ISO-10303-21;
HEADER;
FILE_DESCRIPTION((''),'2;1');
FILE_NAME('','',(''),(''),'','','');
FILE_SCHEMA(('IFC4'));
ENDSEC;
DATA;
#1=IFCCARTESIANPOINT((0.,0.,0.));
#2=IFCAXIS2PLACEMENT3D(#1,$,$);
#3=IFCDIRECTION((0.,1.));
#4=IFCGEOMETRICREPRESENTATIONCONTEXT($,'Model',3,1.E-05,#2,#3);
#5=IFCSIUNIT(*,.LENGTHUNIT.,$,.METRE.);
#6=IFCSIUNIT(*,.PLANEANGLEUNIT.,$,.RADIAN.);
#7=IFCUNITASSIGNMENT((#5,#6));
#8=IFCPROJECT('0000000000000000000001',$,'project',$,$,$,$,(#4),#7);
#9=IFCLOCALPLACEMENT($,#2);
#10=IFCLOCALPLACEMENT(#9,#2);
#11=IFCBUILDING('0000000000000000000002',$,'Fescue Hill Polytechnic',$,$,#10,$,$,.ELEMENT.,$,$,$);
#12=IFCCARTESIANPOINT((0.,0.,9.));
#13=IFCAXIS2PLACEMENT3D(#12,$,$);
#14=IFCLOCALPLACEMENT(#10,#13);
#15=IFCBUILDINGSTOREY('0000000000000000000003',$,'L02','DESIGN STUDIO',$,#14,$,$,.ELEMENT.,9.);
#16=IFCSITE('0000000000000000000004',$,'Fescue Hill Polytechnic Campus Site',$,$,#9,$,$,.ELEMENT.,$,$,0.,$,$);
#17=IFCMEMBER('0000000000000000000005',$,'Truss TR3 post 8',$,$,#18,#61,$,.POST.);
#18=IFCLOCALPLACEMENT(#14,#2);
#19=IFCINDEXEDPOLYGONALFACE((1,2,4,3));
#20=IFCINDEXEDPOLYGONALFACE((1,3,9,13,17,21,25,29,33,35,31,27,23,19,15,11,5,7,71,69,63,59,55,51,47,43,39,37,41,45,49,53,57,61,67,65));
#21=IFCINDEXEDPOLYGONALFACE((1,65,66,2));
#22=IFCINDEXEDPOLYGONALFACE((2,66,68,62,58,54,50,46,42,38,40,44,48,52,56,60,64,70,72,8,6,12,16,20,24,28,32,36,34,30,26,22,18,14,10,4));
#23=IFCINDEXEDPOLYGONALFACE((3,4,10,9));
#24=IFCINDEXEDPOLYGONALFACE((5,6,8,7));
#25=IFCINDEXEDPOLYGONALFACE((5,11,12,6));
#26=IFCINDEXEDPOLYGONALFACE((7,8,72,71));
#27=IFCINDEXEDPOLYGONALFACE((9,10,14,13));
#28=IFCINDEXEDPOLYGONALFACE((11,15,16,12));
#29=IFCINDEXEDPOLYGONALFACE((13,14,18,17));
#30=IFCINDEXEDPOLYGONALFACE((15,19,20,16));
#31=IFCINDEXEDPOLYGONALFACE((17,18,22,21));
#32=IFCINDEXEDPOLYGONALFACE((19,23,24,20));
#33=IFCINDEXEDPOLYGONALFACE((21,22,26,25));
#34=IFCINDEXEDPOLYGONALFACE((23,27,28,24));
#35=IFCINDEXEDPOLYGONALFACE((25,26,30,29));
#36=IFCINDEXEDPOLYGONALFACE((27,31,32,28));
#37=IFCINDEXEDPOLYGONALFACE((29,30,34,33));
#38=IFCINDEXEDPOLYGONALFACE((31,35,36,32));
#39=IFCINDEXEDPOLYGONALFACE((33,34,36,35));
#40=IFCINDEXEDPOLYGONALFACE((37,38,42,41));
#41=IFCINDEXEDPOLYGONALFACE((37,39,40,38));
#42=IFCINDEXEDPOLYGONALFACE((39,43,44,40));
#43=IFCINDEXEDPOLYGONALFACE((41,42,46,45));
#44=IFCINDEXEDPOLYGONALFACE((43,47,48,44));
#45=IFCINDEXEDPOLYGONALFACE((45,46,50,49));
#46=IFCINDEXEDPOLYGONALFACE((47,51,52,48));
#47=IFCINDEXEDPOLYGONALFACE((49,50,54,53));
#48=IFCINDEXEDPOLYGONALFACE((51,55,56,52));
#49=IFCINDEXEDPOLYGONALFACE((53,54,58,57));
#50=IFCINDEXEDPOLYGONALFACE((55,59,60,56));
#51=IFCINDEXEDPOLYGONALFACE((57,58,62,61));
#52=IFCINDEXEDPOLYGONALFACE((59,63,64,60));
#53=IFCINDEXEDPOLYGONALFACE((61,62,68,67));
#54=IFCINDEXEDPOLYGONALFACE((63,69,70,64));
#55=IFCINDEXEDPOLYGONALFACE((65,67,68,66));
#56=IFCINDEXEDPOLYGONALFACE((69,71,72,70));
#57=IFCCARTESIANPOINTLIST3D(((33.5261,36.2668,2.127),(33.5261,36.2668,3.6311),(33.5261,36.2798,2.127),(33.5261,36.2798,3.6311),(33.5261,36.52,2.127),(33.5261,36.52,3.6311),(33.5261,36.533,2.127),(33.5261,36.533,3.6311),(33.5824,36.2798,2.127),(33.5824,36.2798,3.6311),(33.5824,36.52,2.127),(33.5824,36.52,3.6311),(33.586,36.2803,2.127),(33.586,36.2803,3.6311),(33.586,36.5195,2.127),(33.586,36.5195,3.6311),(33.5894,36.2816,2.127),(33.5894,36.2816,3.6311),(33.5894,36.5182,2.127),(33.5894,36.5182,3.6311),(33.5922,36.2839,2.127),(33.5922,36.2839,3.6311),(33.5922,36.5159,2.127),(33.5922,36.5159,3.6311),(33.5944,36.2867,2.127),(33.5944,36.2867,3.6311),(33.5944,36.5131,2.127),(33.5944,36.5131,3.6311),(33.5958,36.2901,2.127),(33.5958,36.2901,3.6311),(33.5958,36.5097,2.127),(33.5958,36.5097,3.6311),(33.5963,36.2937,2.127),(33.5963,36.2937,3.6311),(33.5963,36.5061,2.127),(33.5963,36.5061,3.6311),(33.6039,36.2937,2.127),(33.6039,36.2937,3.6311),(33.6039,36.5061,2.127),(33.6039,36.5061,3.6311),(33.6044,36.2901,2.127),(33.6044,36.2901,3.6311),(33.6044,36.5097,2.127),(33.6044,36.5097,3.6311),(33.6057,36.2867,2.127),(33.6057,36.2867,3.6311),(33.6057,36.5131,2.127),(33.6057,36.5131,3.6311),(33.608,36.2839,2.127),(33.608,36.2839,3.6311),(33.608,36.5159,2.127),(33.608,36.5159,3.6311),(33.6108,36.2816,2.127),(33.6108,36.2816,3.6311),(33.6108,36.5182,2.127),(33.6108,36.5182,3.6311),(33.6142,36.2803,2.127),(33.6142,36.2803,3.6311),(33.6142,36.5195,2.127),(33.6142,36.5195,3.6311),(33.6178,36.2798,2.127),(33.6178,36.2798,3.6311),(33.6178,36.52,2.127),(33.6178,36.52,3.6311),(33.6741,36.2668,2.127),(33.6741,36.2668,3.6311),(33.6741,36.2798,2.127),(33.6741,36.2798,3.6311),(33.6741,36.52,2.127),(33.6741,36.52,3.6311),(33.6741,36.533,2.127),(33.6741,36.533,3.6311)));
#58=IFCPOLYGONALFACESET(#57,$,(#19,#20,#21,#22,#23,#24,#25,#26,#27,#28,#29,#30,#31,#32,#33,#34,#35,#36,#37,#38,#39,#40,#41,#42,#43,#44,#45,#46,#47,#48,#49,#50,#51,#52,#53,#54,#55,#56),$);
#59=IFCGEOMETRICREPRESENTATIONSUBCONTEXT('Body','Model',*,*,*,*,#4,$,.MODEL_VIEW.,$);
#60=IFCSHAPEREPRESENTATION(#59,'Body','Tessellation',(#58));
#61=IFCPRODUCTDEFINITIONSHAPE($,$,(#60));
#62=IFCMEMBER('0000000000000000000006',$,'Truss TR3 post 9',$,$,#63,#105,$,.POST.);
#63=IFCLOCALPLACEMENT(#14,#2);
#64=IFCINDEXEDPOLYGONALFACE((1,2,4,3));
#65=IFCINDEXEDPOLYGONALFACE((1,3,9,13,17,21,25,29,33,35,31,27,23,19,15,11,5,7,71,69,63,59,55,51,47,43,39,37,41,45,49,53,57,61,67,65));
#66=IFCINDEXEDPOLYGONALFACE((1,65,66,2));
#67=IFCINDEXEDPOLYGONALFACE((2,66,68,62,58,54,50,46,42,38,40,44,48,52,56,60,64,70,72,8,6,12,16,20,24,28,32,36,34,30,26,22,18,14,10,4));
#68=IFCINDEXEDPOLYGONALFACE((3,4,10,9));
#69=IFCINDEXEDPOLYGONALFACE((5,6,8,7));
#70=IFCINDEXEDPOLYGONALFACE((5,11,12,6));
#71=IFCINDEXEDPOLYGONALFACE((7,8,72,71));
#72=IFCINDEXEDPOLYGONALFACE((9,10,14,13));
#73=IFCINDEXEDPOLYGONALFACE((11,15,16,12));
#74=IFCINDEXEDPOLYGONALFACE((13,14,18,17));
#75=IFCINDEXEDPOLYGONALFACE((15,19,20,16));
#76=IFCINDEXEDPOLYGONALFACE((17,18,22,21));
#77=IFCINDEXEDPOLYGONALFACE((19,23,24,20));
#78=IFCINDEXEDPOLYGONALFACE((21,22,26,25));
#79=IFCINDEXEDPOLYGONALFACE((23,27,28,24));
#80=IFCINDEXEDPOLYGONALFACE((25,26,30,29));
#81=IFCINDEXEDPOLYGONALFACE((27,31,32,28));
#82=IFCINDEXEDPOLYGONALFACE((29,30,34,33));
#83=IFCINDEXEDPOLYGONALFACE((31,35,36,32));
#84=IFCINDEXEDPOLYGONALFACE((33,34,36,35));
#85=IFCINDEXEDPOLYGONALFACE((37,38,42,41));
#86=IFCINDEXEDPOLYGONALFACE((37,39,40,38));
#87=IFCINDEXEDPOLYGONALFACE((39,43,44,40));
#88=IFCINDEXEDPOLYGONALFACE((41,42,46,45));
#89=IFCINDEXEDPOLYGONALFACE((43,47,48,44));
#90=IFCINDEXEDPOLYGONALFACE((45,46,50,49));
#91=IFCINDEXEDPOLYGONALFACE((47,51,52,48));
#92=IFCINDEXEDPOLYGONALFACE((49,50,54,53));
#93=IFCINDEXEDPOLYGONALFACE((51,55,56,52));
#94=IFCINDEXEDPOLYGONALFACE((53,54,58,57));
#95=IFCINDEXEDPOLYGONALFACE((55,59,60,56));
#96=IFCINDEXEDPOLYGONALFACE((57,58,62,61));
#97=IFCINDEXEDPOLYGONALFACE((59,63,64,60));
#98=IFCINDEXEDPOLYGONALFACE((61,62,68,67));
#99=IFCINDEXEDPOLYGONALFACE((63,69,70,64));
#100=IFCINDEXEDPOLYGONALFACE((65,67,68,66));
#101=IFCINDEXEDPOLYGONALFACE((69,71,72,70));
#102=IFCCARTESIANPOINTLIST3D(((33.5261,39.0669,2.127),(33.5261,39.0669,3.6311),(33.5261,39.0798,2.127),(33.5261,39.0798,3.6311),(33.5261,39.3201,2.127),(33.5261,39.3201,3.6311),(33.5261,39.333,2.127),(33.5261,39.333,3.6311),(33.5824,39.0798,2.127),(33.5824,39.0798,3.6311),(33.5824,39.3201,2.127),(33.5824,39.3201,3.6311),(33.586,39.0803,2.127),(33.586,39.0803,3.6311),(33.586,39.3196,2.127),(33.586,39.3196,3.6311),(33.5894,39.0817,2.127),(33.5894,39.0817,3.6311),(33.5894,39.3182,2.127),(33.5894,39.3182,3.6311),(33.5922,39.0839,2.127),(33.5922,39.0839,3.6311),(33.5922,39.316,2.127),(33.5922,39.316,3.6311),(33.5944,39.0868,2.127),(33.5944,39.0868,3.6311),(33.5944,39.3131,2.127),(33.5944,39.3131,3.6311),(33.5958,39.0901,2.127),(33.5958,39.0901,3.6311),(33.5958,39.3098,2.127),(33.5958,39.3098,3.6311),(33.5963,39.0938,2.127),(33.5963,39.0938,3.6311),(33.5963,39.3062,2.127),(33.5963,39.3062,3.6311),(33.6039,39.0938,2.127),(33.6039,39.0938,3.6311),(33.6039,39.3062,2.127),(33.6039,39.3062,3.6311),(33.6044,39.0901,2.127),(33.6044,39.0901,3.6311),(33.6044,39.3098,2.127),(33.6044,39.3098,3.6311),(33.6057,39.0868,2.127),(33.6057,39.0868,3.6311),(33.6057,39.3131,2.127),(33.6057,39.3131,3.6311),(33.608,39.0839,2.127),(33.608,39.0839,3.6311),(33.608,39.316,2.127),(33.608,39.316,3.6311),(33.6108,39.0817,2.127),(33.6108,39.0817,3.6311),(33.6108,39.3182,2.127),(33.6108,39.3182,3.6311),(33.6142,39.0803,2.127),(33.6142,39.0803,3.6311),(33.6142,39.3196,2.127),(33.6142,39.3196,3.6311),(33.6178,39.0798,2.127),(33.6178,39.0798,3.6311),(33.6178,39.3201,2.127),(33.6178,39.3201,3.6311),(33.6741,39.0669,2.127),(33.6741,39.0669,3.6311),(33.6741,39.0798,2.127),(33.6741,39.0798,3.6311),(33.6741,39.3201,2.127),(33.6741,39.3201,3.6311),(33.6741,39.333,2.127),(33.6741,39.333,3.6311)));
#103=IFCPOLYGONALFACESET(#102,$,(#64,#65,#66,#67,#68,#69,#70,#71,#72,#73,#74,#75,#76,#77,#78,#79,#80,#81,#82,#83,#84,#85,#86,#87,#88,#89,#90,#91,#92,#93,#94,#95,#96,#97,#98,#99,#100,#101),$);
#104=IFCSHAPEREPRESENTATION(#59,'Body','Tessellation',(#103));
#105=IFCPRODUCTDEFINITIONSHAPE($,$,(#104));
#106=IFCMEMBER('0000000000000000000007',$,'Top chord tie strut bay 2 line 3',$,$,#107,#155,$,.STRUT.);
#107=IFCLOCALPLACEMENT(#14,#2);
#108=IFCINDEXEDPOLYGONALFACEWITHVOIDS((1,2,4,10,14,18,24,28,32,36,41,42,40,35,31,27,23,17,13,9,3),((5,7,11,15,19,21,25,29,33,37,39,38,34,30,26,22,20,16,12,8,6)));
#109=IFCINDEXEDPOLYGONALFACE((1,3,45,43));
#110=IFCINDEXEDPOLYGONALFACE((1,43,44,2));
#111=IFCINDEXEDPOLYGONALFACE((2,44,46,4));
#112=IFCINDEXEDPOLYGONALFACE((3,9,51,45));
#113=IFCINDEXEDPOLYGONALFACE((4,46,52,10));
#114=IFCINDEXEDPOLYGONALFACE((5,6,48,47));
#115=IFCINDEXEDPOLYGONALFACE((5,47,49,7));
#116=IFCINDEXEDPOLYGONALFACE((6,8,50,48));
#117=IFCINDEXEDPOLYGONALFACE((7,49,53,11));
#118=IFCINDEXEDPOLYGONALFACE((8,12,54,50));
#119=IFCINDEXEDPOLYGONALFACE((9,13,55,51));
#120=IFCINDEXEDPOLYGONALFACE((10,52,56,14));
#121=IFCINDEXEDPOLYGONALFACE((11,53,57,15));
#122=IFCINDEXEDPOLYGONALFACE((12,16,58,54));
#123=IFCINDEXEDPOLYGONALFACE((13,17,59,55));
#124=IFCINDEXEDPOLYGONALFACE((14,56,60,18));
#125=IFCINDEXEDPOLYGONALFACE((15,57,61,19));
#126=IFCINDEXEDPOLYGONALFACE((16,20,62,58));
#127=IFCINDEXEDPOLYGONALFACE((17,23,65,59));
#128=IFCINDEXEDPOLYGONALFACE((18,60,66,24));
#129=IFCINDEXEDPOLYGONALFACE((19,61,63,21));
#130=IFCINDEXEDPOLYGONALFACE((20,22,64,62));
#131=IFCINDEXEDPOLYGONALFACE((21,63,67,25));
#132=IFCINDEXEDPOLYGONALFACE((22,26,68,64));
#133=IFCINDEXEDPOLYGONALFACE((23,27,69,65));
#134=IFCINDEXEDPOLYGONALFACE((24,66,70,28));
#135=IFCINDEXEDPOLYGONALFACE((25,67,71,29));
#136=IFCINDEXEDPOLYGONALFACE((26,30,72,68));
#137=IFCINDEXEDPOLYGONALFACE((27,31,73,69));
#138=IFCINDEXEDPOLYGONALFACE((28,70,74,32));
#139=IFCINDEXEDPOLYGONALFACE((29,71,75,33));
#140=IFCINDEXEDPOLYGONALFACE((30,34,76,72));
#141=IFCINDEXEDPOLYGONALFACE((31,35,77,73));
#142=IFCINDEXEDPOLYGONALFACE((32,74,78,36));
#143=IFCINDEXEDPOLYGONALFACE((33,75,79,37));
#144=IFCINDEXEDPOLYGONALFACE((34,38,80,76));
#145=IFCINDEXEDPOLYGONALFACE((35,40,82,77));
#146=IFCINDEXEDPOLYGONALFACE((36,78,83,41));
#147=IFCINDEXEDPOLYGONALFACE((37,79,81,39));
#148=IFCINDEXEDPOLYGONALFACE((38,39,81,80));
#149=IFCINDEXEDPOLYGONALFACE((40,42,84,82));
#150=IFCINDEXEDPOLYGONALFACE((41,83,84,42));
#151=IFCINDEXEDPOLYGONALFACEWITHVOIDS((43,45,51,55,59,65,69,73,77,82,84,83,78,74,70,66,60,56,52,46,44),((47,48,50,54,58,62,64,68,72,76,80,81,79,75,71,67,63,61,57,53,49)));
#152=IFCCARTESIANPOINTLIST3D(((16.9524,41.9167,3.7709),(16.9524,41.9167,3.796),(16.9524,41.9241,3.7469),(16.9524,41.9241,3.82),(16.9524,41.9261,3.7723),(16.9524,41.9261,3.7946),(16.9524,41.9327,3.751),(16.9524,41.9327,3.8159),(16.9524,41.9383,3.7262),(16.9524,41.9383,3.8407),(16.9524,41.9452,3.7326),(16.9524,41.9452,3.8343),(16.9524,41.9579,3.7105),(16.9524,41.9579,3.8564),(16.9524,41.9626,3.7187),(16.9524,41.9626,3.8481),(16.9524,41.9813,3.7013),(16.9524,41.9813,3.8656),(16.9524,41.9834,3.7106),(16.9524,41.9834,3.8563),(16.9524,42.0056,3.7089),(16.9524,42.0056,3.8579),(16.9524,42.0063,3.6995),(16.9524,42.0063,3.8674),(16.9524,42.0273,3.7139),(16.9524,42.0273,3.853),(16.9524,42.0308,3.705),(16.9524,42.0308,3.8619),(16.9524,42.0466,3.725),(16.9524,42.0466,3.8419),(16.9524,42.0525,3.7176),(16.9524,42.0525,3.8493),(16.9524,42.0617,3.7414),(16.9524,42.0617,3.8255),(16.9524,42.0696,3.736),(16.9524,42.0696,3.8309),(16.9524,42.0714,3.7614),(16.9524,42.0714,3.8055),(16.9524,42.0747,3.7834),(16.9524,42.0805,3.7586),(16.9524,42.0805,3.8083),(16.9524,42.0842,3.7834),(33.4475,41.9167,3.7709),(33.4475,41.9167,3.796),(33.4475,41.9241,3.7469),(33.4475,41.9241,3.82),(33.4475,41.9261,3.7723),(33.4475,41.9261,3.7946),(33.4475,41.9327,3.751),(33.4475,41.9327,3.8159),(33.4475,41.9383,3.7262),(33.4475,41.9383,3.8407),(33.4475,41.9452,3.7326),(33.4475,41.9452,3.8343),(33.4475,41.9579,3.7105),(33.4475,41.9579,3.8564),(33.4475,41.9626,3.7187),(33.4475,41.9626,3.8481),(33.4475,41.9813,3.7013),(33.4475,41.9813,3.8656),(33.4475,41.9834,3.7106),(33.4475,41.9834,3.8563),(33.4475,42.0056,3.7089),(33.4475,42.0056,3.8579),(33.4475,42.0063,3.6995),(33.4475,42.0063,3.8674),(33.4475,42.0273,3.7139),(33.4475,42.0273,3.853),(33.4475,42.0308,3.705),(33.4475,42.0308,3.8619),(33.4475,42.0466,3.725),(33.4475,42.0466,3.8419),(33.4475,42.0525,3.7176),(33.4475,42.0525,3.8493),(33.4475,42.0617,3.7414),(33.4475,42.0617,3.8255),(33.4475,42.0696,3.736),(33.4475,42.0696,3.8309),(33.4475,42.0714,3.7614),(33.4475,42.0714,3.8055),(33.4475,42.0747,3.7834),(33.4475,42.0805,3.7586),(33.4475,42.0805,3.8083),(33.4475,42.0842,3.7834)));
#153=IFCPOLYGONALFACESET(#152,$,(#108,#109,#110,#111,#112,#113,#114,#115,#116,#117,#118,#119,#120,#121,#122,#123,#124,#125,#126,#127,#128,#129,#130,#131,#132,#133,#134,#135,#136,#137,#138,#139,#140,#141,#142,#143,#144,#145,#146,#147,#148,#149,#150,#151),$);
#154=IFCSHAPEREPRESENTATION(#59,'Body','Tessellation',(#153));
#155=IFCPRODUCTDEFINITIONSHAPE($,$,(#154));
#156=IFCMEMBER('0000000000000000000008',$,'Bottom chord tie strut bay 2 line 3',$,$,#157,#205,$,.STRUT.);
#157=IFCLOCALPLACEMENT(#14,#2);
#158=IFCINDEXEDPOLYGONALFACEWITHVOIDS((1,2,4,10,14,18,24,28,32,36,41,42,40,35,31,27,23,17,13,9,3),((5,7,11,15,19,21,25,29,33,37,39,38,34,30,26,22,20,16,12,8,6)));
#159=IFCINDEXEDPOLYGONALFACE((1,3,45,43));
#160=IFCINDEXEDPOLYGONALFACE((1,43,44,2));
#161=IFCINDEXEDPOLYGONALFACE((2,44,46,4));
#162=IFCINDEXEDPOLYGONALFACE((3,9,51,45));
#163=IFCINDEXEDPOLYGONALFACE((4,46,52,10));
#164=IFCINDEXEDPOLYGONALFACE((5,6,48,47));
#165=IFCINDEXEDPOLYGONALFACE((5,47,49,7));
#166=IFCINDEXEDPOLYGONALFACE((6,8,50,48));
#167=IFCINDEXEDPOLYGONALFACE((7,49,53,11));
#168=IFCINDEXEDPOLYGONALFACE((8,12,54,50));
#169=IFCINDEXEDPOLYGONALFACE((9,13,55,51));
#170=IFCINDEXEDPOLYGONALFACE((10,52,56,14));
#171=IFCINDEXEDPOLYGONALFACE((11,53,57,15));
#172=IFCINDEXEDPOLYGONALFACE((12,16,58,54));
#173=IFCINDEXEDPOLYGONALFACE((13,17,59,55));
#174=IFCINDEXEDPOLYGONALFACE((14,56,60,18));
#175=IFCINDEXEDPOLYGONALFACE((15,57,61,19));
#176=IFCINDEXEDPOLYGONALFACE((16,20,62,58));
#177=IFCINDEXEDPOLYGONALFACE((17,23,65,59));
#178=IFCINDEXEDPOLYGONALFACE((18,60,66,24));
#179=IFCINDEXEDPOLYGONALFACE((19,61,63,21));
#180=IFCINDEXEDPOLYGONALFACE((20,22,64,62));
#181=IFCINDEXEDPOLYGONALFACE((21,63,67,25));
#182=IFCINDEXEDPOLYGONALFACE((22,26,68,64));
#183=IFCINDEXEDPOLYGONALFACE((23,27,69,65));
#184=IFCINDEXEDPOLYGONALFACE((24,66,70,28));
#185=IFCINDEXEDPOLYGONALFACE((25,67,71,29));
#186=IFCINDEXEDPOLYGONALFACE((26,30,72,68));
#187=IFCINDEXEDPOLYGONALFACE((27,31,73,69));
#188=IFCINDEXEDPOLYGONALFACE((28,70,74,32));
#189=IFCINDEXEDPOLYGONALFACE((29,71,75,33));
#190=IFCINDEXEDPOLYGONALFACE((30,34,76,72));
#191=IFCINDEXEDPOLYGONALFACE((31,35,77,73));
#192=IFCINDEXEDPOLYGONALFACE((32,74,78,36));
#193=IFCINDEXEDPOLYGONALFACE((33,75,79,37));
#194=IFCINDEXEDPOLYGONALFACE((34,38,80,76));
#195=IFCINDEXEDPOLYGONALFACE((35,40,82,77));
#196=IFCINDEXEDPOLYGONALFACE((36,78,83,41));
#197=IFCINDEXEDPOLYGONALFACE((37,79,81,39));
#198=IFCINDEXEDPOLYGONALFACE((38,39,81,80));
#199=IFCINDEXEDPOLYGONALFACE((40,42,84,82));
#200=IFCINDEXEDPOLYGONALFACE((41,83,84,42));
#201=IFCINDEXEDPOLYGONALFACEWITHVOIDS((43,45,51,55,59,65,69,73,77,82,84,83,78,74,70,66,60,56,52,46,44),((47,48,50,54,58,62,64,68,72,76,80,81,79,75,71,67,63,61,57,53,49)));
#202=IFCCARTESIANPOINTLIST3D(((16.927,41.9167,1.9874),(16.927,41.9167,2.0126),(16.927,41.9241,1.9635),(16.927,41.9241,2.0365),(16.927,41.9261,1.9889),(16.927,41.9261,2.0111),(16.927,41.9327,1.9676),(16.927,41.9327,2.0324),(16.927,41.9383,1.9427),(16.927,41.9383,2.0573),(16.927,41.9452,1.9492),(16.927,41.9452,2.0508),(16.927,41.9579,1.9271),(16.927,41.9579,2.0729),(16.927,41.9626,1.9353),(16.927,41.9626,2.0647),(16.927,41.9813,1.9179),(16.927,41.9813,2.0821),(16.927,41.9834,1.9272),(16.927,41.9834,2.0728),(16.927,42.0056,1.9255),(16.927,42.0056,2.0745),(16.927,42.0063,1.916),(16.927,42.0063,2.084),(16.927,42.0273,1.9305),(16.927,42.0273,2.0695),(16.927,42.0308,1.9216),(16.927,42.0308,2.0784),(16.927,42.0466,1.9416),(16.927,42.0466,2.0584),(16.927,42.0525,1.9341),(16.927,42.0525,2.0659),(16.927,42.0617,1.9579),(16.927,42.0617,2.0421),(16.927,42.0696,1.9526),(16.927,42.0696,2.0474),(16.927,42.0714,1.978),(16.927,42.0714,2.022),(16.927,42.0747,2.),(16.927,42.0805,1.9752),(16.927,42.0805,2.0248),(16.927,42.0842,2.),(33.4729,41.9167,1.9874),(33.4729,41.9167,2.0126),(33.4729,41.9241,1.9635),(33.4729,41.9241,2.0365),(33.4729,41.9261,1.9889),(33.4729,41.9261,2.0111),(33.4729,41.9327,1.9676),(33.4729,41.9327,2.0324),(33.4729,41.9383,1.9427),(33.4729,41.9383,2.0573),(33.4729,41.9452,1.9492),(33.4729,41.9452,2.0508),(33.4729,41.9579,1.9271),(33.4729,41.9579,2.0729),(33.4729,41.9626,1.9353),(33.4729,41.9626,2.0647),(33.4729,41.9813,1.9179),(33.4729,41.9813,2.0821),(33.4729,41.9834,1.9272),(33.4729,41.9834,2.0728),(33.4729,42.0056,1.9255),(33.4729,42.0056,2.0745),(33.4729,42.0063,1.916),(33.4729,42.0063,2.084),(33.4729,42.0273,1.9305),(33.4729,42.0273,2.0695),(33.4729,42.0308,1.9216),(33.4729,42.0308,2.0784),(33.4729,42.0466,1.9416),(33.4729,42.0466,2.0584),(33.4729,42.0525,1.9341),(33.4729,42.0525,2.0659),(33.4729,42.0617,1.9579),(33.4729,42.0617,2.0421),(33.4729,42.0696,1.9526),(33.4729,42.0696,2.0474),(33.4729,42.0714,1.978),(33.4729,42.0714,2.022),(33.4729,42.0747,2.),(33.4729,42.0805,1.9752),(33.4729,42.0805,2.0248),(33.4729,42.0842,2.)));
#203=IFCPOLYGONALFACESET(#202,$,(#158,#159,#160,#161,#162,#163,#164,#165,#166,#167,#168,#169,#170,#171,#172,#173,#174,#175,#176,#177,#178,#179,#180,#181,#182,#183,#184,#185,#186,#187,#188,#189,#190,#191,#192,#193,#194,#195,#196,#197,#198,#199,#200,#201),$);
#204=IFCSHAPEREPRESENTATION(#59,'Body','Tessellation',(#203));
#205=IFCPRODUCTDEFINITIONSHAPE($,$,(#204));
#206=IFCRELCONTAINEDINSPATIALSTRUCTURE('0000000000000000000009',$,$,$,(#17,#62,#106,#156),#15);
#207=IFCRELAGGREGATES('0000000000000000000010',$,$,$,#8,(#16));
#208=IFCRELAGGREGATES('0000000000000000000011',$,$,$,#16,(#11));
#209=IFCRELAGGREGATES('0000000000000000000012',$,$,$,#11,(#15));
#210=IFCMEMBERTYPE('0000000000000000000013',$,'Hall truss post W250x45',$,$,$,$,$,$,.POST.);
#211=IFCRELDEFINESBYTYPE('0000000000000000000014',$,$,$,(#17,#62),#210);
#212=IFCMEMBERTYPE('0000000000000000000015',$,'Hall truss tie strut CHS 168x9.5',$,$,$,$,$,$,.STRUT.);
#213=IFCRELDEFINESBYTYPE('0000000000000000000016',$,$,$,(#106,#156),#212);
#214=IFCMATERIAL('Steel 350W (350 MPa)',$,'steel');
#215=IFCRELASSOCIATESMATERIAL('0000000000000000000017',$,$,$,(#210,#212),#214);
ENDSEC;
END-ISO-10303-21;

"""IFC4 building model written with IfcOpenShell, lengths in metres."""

from ifc_helpers import new_model, si_unit, direction, frame, origin, origin_2d, place, context, subcontext, project, spatial, hollow_circle, i_section, extrude, material, material_profile, profile_set, type_object, element, save


model = new_model("IFC4")

# Units and contexts
model_context = context("Model", 3, precision=1e-05, world=origin(), true_north=direction((0.0, 1.0)))
body_context = subcontext(model_context, "Body", "Model", "MODEL_VIEW")
ifc_project = project(units=[si_unit("LENGTHUNIT", "METRE"), si_unit("PLANEANGLEUNIT", "RADIAN")], contexts=[model_context])

# Site, building, storey
site_placement = place(None, origin())
site = spatial("IfcSite", under=ifc_project, at=site_placement, Name="Fescue Hill Polytechnic Campus Site", CompositionType="ELEMENT", RefElevation=0.0)
building_placement = place(site_placement, origin())
building = spatial("IfcBuilding", under=site, at=building_placement, Name="Fescue Hill Polytechnic", CompositionType="ELEMENT")
storey_placement = place(building_placement, frame((0.0, 0.0, 9.0)))
storey = spatial("IfcBuildingStorey", under=building, at=storey_placement, Name="L02", Description="DESIGN STUDIO", CompositionType="ELEMENT", Elevation=9.0)

# Members
ifc_material_1 = material(Name="Steel 350W (350 MPa)", Category="steel")
ifc_material_profile_1 = material_profile(ifc_material_1, i_section(OverallWidth=0.1479, OverallDepth=0.2661, WebThickness=0.0076, FlangeThickness=0.0129, FilletRadius=0.0139, at=origin_2d()), Name="W250x45")
ifc_profile_set_1 = profile_set([ifc_material_profile_1], Name="Steel 350W (350 MPa)")
member_type_1 = type_object("IfcMemberType", Name="Hall truss post W250x45", PredefinedType="POST", material=ifc_profile_set_1)
for number, where, z_axis, x_axis, name in (
    (1, (33.6001, 36.3999, 2.127), (0.0, 0.0, 1.0), (1.0, 0.0, 0.0), "Truss TR3 post 8"),
    (2, (33.6001, 39.2, 2.127), (0.0, 0.0, 1.0), (1.0, 0.0, 0.0), "Truss TR3 post 9"),
):
    element("IfcMember", number, at=place(storey_placement, frame(where, z_axis=z_axis, x_axis=x_axis)), inside=storey, type_object=member_type_1, Name=name, PredefinedType="POST", context=body_context, shape_type="SweptSolid", body=[
        extrude(i_section(OverallWidth=0.1479, OverallDepth=0.2661, WebThickness=0.0076, FlangeThickness=0.0129, FilletRadius=0.0139, at=origin_2d()), origin(), (0.0, 0.0, 1.0), 1.5042),
    ])
ifc_material_profile_2 = material_profile(ifc_material_1, hollow_circle(Radius=0.0842, WallThickness=0.0095, at=origin_2d()), Name="Hall truss tie strut CHS 168x9.5")
ifc_profile_set_2 = profile_set([ifc_material_profile_2], Name="Steel 350W (350 MPa)")
member_type_2 = type_object("IfcMemberType", Name="Hall truss tie strut CHS 168x9.5", PredefinedType="STRUT", material=ifc_profile_set_2)
member_1_placement = place(storey_placement, frame((16.9524, 42.0, 3.7834), z_axis=(1.0, 0.0, 0.0), x_axis=(0.0, 1.0, 0.0)))
element("IfcMember", 3, at=member_1_placement, inside=storey, type_object=member_type_2, Name="Top chord tie strut bay 2 line 3", PredefinedType="STRUT", context=body_context, shape_type="SweptSolid", body=[
    extrude(hollow_circle(Radius=0.0842, WallThickness=0.0095, at=origin_2d()), origin(), (0.0, 0.0, 1.0), 16.4951),
])
member_2_placement = place(storey_placement, frame((16.927, 42.0, 2.0), z_axis=(1.0, 0.0, 0.0), x_axis=(0.0, 1.0, 0.0)))
element("IfcMember", 4, at=member_2_placement, inside=storey, type_object=member_type_2, Name="Bottom chord tie strut bay 2 line 3", PredefinedType="STRUT", context=body_context, shape_type="SweptSolid", body=[
    extrude(hollow_circle(Radius=0.0842, WallThickness=0.0095, at=origin_2d()), origin(), (0.0, 0.0, 1.0), 16.5459),
])

save(model, "model.ifc")
